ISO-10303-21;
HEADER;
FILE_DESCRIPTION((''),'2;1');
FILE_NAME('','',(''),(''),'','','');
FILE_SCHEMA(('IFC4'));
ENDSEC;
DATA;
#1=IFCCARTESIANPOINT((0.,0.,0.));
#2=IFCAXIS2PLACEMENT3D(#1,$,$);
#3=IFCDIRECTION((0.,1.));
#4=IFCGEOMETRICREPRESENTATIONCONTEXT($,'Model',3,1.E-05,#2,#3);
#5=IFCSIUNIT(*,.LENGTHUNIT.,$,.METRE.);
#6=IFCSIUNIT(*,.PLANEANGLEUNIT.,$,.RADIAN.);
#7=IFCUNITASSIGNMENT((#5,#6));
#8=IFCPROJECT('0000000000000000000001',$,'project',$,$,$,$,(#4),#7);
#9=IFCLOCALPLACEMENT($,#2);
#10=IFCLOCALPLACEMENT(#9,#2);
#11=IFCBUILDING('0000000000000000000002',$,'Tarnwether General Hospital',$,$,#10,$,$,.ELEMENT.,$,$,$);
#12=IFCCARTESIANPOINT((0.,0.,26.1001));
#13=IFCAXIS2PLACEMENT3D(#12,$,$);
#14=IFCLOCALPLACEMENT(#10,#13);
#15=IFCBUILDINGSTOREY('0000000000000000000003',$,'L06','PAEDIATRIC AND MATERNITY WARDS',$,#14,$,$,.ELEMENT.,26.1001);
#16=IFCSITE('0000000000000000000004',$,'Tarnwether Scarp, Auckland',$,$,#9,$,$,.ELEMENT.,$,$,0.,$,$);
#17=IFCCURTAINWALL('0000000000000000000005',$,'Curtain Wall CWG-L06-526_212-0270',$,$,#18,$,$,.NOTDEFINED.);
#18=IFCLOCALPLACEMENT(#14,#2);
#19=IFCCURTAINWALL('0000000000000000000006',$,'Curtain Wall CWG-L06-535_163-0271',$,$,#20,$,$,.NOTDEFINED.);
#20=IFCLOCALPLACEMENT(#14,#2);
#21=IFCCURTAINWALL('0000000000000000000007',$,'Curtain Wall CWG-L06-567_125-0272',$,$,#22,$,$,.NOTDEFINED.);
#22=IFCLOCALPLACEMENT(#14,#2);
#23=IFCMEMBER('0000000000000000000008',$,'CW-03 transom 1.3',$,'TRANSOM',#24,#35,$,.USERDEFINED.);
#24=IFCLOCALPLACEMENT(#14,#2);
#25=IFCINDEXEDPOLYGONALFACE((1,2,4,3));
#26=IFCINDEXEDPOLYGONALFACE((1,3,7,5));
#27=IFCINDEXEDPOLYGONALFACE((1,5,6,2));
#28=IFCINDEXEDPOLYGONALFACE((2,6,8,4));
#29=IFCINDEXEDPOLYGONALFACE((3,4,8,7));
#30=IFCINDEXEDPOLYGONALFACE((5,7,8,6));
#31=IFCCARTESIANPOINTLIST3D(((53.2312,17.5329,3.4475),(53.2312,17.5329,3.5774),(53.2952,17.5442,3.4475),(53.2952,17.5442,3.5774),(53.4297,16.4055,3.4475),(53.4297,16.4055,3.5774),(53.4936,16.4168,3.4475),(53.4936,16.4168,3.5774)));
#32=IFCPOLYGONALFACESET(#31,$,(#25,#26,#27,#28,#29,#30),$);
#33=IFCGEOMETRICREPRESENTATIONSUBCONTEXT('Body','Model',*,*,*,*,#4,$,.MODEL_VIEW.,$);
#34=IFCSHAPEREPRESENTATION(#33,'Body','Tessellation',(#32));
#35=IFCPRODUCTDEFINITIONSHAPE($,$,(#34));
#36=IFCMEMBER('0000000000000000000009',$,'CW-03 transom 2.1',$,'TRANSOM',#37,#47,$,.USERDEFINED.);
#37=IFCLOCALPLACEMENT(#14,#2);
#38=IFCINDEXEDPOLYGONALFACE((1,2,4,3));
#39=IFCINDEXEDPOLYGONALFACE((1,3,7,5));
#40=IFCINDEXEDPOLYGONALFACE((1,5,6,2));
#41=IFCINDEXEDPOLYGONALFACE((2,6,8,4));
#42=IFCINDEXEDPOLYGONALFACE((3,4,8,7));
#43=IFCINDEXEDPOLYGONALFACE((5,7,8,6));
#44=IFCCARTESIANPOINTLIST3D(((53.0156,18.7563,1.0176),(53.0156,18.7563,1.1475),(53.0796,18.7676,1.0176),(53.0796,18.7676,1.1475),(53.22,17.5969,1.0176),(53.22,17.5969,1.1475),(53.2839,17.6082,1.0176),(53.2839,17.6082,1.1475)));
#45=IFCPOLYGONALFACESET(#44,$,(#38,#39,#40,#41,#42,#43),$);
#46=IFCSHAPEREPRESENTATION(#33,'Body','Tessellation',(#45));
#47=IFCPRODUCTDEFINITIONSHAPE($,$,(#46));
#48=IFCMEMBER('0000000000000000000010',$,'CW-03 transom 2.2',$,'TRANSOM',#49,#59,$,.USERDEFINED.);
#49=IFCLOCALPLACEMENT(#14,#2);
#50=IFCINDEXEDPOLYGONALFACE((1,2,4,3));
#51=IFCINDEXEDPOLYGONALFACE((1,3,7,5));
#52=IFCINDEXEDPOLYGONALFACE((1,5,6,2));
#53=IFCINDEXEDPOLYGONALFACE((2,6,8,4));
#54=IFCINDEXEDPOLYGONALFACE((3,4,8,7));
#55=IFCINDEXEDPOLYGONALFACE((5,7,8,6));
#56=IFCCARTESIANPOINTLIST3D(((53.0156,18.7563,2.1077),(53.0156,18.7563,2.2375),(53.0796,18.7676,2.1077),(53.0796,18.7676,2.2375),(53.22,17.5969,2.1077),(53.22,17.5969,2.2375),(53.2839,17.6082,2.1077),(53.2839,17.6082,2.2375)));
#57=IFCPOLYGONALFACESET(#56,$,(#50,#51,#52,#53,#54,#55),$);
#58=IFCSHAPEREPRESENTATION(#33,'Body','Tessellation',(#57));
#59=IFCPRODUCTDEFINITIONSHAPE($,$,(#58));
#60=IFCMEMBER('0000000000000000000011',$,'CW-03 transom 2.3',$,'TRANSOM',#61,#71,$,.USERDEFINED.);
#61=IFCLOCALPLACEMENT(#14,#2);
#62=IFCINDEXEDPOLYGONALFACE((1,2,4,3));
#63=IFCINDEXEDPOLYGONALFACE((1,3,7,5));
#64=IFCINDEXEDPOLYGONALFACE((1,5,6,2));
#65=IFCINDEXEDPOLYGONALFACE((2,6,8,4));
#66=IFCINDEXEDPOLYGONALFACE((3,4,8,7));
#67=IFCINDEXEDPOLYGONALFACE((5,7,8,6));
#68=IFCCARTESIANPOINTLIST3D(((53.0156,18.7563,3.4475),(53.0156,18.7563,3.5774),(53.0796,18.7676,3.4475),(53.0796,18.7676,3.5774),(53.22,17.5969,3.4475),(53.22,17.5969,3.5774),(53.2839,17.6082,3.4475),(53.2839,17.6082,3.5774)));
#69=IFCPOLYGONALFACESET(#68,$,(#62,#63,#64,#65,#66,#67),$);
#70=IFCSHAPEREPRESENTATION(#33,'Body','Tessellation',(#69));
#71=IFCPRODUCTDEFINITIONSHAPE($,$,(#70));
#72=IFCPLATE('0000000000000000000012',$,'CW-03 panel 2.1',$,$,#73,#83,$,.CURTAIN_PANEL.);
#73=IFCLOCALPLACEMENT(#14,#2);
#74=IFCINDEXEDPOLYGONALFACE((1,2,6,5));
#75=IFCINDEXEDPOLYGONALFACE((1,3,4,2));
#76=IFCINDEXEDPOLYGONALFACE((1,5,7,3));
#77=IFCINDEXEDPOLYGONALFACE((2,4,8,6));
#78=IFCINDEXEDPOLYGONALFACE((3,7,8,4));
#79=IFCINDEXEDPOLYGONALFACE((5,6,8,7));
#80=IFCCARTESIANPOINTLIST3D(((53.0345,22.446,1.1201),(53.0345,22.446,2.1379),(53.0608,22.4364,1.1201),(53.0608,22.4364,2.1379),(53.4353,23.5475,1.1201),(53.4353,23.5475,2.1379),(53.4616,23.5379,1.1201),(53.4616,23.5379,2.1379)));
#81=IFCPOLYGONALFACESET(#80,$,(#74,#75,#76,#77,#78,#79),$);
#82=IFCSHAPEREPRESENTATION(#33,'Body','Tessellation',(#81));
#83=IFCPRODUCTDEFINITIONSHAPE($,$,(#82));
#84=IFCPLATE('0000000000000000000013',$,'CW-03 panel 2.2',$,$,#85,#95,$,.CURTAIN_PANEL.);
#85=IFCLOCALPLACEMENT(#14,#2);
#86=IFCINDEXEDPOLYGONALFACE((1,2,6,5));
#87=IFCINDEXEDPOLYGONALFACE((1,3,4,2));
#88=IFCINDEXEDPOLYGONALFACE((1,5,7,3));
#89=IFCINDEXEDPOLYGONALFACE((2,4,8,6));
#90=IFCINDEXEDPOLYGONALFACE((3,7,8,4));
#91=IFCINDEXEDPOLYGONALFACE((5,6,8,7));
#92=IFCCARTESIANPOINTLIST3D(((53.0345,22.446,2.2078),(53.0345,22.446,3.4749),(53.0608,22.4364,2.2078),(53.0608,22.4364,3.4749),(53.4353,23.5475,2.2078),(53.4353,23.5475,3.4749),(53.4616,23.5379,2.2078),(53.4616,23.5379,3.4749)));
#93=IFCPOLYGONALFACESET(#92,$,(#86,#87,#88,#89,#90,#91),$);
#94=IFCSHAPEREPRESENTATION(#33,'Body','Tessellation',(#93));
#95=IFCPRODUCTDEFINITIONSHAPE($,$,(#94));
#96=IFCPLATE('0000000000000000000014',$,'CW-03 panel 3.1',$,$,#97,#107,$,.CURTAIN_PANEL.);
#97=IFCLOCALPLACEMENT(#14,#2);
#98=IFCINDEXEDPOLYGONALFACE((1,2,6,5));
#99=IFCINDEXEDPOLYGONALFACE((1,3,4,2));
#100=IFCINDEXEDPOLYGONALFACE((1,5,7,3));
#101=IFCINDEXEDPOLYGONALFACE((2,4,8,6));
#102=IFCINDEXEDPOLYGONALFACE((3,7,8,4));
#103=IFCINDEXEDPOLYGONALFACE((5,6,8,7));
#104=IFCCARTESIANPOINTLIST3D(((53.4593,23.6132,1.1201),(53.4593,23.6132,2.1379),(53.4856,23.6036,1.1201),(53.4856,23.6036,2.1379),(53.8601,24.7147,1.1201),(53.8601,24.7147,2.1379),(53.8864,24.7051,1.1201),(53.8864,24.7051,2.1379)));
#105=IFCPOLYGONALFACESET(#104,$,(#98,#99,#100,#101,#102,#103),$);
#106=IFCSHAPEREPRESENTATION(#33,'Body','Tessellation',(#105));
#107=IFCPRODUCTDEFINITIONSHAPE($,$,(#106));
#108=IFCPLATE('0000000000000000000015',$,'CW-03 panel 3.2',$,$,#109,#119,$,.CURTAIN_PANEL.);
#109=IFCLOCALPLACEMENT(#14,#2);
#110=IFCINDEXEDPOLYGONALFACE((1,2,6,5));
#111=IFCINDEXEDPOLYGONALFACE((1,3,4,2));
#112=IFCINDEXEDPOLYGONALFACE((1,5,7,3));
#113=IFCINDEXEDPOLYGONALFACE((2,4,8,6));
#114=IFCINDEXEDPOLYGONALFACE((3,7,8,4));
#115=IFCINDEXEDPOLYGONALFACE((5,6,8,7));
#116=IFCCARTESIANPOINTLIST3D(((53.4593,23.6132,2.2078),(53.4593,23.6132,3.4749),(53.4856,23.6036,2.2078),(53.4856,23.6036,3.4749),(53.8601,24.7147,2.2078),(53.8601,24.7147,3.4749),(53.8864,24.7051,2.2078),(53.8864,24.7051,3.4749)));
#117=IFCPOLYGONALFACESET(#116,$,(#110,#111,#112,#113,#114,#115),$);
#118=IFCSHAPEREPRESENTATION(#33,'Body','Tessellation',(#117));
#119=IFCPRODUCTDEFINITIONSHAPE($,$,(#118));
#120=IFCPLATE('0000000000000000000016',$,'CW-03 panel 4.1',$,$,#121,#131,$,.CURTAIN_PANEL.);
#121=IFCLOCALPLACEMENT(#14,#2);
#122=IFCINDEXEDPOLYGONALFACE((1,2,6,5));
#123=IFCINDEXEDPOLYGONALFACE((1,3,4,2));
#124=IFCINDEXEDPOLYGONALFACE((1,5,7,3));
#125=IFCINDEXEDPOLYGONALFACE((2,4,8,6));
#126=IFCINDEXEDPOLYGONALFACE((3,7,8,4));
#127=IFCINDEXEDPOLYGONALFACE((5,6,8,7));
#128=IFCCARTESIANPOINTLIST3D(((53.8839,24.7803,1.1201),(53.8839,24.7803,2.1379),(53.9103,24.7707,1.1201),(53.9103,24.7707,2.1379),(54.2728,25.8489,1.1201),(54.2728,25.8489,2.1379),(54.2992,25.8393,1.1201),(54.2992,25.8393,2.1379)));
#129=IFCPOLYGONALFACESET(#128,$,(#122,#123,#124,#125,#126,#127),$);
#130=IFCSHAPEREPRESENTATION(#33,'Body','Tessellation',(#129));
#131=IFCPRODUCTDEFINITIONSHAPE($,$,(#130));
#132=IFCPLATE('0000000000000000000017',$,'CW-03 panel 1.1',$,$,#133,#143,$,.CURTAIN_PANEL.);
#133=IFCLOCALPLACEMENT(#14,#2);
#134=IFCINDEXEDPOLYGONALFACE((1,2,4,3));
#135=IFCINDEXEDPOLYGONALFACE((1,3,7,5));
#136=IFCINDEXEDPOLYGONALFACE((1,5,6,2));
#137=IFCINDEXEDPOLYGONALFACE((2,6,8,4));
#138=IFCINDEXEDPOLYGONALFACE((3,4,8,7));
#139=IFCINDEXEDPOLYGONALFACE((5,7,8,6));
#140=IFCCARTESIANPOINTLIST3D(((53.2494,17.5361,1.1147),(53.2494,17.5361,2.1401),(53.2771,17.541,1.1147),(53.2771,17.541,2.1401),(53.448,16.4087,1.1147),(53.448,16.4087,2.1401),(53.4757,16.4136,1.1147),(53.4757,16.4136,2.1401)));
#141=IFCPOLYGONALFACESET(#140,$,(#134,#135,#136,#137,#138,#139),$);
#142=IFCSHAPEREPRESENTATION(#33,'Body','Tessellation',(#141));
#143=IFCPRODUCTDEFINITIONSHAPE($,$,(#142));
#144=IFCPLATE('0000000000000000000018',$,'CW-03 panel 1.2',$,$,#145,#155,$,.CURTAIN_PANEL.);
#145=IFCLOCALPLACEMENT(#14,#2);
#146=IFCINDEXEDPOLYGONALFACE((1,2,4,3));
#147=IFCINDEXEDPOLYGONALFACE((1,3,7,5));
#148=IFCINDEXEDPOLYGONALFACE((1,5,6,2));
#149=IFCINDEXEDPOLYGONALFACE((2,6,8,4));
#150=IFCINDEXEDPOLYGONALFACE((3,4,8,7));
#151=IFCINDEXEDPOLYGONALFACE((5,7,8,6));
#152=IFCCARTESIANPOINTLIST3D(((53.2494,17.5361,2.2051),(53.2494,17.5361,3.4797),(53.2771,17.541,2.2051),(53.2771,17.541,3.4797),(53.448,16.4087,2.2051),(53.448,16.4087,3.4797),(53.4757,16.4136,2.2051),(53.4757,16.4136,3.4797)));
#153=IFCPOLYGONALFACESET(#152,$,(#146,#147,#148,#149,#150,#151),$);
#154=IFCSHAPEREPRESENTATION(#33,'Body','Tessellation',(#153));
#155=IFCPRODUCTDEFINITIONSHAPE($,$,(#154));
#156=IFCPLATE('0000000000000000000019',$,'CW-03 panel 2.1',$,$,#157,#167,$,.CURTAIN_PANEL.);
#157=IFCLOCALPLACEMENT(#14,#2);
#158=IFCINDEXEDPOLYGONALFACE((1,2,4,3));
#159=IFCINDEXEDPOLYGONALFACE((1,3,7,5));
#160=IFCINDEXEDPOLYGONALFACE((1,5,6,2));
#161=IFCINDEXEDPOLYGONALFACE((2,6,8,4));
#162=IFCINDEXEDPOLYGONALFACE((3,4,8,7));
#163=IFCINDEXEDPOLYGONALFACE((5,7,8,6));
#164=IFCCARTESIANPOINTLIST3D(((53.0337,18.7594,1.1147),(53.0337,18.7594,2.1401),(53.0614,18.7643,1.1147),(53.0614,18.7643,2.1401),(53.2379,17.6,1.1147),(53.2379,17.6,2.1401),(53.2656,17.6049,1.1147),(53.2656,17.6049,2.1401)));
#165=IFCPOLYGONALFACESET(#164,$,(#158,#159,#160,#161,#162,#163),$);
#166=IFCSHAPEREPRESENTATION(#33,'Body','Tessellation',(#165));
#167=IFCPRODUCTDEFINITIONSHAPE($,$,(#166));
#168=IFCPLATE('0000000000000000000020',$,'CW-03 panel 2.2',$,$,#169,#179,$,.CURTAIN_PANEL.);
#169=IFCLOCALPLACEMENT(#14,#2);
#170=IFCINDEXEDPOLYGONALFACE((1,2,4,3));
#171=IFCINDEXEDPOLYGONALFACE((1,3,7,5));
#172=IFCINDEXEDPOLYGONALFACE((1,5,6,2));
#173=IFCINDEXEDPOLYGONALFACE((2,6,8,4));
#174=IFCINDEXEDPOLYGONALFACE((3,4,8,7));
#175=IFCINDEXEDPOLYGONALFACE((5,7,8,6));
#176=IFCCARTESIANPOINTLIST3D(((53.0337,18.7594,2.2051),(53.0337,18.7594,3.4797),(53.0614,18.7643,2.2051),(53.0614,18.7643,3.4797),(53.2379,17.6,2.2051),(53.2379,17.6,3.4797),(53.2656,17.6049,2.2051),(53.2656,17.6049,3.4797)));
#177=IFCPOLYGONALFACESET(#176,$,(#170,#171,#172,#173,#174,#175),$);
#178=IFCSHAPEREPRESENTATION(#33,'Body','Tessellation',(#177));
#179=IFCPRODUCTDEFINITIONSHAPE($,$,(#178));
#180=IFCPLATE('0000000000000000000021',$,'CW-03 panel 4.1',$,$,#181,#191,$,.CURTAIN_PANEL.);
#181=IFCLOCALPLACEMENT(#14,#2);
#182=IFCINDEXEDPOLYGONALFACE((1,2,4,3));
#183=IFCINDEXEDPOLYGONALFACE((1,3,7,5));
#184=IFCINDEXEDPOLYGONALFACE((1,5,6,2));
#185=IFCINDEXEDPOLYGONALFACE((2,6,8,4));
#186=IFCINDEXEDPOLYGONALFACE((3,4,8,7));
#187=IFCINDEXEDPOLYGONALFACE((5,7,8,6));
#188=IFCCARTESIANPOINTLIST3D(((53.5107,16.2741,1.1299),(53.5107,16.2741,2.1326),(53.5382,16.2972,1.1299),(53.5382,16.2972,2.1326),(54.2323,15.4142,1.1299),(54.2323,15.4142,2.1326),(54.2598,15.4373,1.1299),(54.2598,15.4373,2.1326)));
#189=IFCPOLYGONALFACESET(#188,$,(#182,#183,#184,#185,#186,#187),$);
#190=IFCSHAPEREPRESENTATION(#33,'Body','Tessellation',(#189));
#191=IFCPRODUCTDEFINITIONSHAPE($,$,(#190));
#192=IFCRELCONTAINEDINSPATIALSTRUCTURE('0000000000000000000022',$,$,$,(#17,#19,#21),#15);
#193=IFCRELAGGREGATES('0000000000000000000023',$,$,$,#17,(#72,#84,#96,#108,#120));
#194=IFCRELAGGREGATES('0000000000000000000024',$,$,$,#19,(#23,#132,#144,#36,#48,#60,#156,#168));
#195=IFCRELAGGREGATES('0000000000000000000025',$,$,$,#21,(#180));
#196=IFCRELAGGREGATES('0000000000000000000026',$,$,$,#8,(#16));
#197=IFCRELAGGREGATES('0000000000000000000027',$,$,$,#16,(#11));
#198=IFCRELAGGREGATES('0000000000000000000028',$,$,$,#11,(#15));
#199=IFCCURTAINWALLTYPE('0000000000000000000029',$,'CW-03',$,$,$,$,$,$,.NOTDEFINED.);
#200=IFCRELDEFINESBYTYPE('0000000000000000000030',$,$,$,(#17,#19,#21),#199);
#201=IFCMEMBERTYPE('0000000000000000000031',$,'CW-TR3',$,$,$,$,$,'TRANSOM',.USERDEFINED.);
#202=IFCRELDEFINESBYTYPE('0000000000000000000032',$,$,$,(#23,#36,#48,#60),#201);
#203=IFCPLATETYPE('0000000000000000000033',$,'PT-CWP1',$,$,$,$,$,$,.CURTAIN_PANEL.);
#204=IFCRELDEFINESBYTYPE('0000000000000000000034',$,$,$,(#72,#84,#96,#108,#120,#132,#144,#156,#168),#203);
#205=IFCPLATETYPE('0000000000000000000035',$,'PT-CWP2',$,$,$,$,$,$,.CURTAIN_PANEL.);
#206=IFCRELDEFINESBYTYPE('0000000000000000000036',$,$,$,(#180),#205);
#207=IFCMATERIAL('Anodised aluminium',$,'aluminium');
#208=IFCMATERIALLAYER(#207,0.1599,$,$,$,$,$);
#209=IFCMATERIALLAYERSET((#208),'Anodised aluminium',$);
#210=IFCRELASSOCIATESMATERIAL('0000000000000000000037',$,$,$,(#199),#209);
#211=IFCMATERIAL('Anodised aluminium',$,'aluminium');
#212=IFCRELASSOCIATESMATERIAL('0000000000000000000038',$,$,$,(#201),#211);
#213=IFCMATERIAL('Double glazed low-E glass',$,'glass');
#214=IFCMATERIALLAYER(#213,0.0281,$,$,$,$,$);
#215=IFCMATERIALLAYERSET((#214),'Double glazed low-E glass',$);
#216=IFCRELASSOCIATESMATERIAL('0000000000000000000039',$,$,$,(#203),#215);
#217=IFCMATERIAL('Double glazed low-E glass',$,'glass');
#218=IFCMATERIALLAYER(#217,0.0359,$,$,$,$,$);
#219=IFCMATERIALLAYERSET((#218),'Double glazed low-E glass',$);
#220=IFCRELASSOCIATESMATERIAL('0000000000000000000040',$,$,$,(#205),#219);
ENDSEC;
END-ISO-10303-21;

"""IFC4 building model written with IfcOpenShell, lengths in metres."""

from ifc_helpers import new_model, si_unit, direction, frame, origin, origin_2d, place, context, subcontext, project, spatial, rectangle, extrude, material, layer, layer_set, material_profile, profile_set, type_object, element, aggregate, save


model = new_model("IFC4")

# Units and contexts
model_context = context("Model", 3, precision=1e-05, world=origin(), true_north=direction((0.0, 1.0)))
body_context = subcontext(model_context, "Body", "Model", "MODEL_VIEW")
ifc_project = project(units=[si_unit("LENGTHUNIT", "METRE"), si_unit("PLANEANGLEUNIT", "RADIAN")], contexts=[model_context])

# Site, building, storey
site_placement = place(None, origin())
site = spatial("IfcSite", under=ifc_project, at=site_placement, Name="Tarnwether Scarp, Auckland", CompositionType="ELEMENT", RefElevation=0.0)
building_placement = place(site_placement, origin())
building = spatial("IfcBuilding", under=site, at=building_placement, Name="Tarnwether General Hospital", CompositionType="ELEMENT")
storey_placement = place(building_placement, frame((0.0, 0.0, 26.1001)))
storey = spatial("IfcBuildingStorey", under=building, at=storey_placement, Name="L06", Description="PAEDIATRIC AND MATERNITY WARDS", CompositionType="ELEMENT", Elevation=26.1001)

# Curtain walls
ifc_material_1 = material(Name="Anodised aluminium", Category="aluminium")
ifc_layer_1 = layer(ifc_material_1, 0.1599)
ifc_layer_set_1 = layer_set([ifc_layer_1], Name="Anodised aluminium")
curtain_wall_type = type_object("IfcCurtainWallType", Name="CW-03", PredefinedType="NOTDEFINED", material=ifc_layer_set_1)
curtain_wall_1_placement = place(storey_placement, origin())
curtain_wall_1 = element("IfcCurtainWall", 1, at=curtain_wall_1_placement, inside=storey, type_object=curtain_wall_type, Name="Curtain Wall CWG-L06-526_212-0270", PredefinedType="NOTDEFINED")
curtain_wall_2_placement = place(storey_placement, origin())
curtain_wall_2 = element("IfcCurtainWall", 2, at=curtain_wall_2_placement, inside=storey, type_object=curtain_wall_type, Name="Curtain Wall CWG-L06-535_163-0271", PredefinedType="NOTDEFINED")

# Curtain wall
curtain_wall_3_placement = place(storey_placement, origin())
curtain_wall_3 = element("IfcCurtainWall", 3, at=curtain_wall_3_placement, inside=storey, type_object=curtain_wall_type, Name="Curtain Wall CWG-L06-567_125-0272", PredefinedType="NOTDEFINED")

# Members
ifc_material_2 = material(Name="Anodised aluminium", Category="aluminium")
ifc_material_profile_1 = material_profile(ifc_material_2, rectangle(XDim=0.0649, YDim=0.1299, at=origin_2d()), Name="ALU-TRN-65x130")
ifc_profile_set_1 = profile_set([ifc_material_profile_1], Name="Anodised aluminium")
member_type_1 = type_object("IfcMemberType", Name="CW-TR3", ElementType="TRANSOM", PredefinedType="USERDEFINED", material=ifc_profile_set_1)
member_1_placement = place(storey_placement, frame((53.4617, 16.4111, 3.5125), z_axis=(-0.173384, 0.984854, 0.0), x_axis=(-0.984854, -0.173384, 0.0)))
member_1 = element("IfcMember", 4, at=member_1_placement, type_object=member_type_1, Name="CW-03 transom 1.3", ObjectType="TRANSOM", PredefinedType="USERDEFINED", context=body_context, shape_type="SweptSolid", body=[
    extrude(rectangle(XDim=0.0649, YDim=0.1299, at=origin_2d()), origin(), (0.0, 0.0, 1.0), 1.1448),
])
member_2_placement = place(storey_placement, frame((53.252, 17.6025, 1.0825), z_axis=(-0.173572, 0.984821, 0.0), x_axis=(-0.984821, -0.173572, 0.0)))
member_2 = element("IfcMember", 5, at=member_2_placement, type_object=member_type_1, Name="CW-03 transom 2.1", ObjectType="TRANSOM", PredefinedType="USERDEFINED", context=body_context, shape_type="SweptSolid", body=[
    extrude(rectangle(XDim=0.0649, YDim=0.1299, at=origin_2d()), origin(), (0.0, 0.0, 1.0), 1.1772),
])
member_3_placement = place(storey_placement, frame((53.252, 17.6025, 2.1726), z_axis=(-0.173572, 0.984821, 0.0), x_axis=(-0.984821, -0.173572, 0.0)))
member_3 = element("IfcMember", 6, at=member_3_placement, type_object=member_type_1, Name="CW-03 transom 2.2", ObjectType="TRANSOM", PredefinedType="USERDEFINED", context=body_context, shape_type="SweptSolid", body=[
    extrude(rectangle(XDim=0.0649, YDim=0.1299, at=origin_2d()), origin(), (0.0, 0.0, 1.0), 1.1772),
])
member_4_placement = place(storey_placement, frame((53.252, 17.6025, 3.5125), z_axis=(-0.173572, 0.984821, 0.0), x_axis=(-0.984821, -0.173572, 0.0)))
member_4 = element("IfcMember", 7, at=member_4_placement, type_object=member_type_1, Name="CW-03 transom 2.3", ObjectType="TRANSOM", PredefinedType="USERDEFINED", context=body_context, shape_type="SweptSolid", body=[
    extrude(rectangle(XDim=0.0649, YDim=0.1299, at=origin_2d()), origin(), (0.0, 0.0, 1.0), 1.1772),
])

# Plates
ifc_material_3 = material(Name="Double glazed low-E glass", Category="glass")
ifc_layer_2 = layer(ifc_material_3, 0.0281)
ifc_layer_set_2 = layer_set([ifc_layer_2], Name="Double glazed low-E glass")
plate_type_1 = type_object("IfcPlateType", Name="PT-CWP1", PredefinedType="CURTAIN_PANEL", material=ifc_layer_set_2)
plate_1_placement = place(storey_placement, frame((53.248, 22.9919, 1.1201), z_axis=(0.0, 0.0, 1.0), x_axis=(0.341953, 0.939717, 0.0)))
plate_1 = element("IfcPlate", 8, at=plate_1_placement, type_object=plate_type_1, Name="CW-03 panel 2.1", PredefinedType="CURTAIN_PANEL", context=body_context, shape_type="SweptSolid", body=[
    extrude(rectangle(XDim=1.1721, YDim=0.0281, at=origin_2d()), origin(), (0.0, 0.0, 1.0), 1.0178),
])
plate_2_placement = place(storey_placement, frame((53.248, 22.9919, 2.2078), z_axis=(0.0, 0.0, 1.0), x_axis=(0.341953, 0.939717, 0.0)))
plate_2 = element("IfcPlate", 9, at=plate_2_placement, type_object=plate_type_1, Name="CW-03 panel 2.2", PredefinedType="CURTAIN_PANEL", context=body_context, shape_type="SweptSolid", body=[
    extrude(rectangle(XDim=1.1721, YDim=0.0281, at=origin_2d()), origin(), (0.0, 0.0, 1.0), 1.2671),
])
plate_3_placement = place(storey_placement, frame((53.6729, 24.1592, 1.1201), z_axis=(0.0, 0.0, 1.0), x_axis=(0.341953, 0.939717, 0.0)))
plate_3 = element("IfcPlate", 10, at=plate_3_placement, type_object=plate_type_1, Name="CW-03 panel 3.1", PredefinedType="CURTAIN_PANEL", context=body_context, shape_type="SweptSolid", body=[
    extrude(rectangle(XDim=1.1721, YDim=0.0281, at=origin_2d()), origin(), (0.0, 0.0, 1.0), 1.0178),
])
plate_4_placement = place(storey_placement, frame((53.6729, 24.1592, 2.2078), z_axis=(0.0, 0.0, 1.0), x_axis=(0.341953, 0.939717, 0.0)))
plate_4 = element("IfcPlate", 11, at=plate_4_placement, type_object=plate_type_1, Name="CW-03 panel 3.2", PredefinedType="CURTAIN_PANEL", context=body_context, shape_type="SweptSolid", body=[
    extrude(rectangle(XDim=1.1721, YDim=0.0281, at=origin_2d()), origin(), (0.0, 0.0, 1.0), 1.2671),
])
plate_5_placement = place(storey_placement, frame((54.0916, 25.3098, 1.1201), z_axis=(0.0, 0.0, 1.0), x_axis=(0.341953, 0.939717, 0.0)))
plate_5 = element("IfcPlate", 12, at=plate_5_placement, type_object=plate_type_1, Name="CW-03 panel 4.1", PredefinedType="CURTAIN_PANEL", context=body_context, shape_type="SweptSolid", body=[
    extrude(rectangle(XDim=1.1372, YDim=0.0281, at=origin_2d()), origin(), (0.0, 0.0, 1.0), 1.0178),
])
aggregate(curtain_wall_1, [plate_1, plate_2, plate_3, plate_4, plate_5])
plate_6_placement = place(storey_placement, frame((53.3625, 16.9749, 1.1147), z_axis=(0.0, 0.0, 1.0), x_axis=(-0.173464, 0.98484, 0.0)))
plate_6 = element("IfcPlate", 13, at=plate_6_placement, type_object=plate_type_1, Name="CW-03 panel 1.1", PredefinedType="CURTAIN_PANEL", context=body_context, shape_type="SweptSolid", body=[
    extrude(rectangle(XDim=1.1448, YDim=0.0281, at=origin_2d()), origin(), (0.0, 0.0, 1.0), 1.0254),
])
plate_7_placement = place(storey_placement, frame((53.3625, 16.9749, 2.2051), z_axis=(0.0, 0.0, 1.0), x_axis=(-0.173464, 0.98484, 0.0)))
plate_7 = element("IfcPlate", 14, at=plate_7_placement, type_object=plate_type_1, Name="CW-03 panel 1.2", PredefinedType="CURTAIN_PANEL", context=body_context, shape_type="SweptSolid", body=[
    extrude(rectangle(XDim=1.1448, YDim=0.0281, at=origin_2d()), origin(), (0.0, 0.0, 1.0), 1.2747),
])
plate_8_placement = place(storey_placement, frame((53.1497, 18.1821, 1.1147), z_axis=(0.0, 0.0, 1.0), x_axis=(-0.173464, 0.98484, 0.0)))
plate_8 = element("IfcPlate", 15, at=plate_8_placement, type_object=plate_type_1, Name="CW-03 panel 2.1", PredefinedType="CURTAIN_PANEL", context=body_context, shape_type="SweptSolid", body=[
    extrude(rectangle(XDim=1.1772, YDim=0.0281, at=origin_2d()), origin(), (0.0, 0.0, 1.0), 1.0254),
])
plate_9_placement = place(storey_placement, frame((53.1497, 18.1821, 2.2051), z_axis=(0.0, 0.0, 1.0), x_axis=(-0.173464, 0.98484, 0.0)))
plate_9 = element("IfcPlate", 16, at=plate_9_placement, type_object=plate_type_1, Name="CW-03 panel 2.2", PredefinedType="CURTAIN_PANEL", context=body_context, shape_type="SweptSolid", body=[
    extrude(rectangle(XDim=1.1772, YDim=0.0281, at=origin_2d()), origin(), (0.0, 0.0, 1.0), 1.2747),
])
aggregate(curtain_wall_2, [member_1, plate_6, plate_7, member_2, member_3, member_4, plate_8, plate_9])
ifc_material_4 = material(Name="Double glazed low-E glass", Category="glass")
ifc_layer_3 = layer(ifc_material_4, 0.0359)
ifc_layer_set_3 = layer_set([ifc_layer_3], Name="Double glazed low-E glass")
plate_type_2 = type_object("IfcPlateType", Name="PT-CWP2", PredefinedType="CURTAIN_PANEL", material=ifc_layer_set_3)
plate_10_placement = place(storey_placement, frame((53.8853, 15.8557, 1.1299), z_axis=(0.0, 0.0, 1.0), x_axis=(-0.642852, 0.76599, 0.0)))
plate_10 = element("IfcPlate", 17, at=plate_10_placement, type_object=plate_type_2, Name="CW-03 panel 4.1", PredefinedType="CURTAIN_PANEL", context=body_context, shape_type="SweptSolid", body=[
    extrude(rectangle(XDim=1.1226, YDim=0.0359, at=origin_2d()), origin(), (0.0, 0.0, 1.0), 1.0027),
])
aggregate(curtain_wall_3, [plate_10])

save(model, "model.ifc")
